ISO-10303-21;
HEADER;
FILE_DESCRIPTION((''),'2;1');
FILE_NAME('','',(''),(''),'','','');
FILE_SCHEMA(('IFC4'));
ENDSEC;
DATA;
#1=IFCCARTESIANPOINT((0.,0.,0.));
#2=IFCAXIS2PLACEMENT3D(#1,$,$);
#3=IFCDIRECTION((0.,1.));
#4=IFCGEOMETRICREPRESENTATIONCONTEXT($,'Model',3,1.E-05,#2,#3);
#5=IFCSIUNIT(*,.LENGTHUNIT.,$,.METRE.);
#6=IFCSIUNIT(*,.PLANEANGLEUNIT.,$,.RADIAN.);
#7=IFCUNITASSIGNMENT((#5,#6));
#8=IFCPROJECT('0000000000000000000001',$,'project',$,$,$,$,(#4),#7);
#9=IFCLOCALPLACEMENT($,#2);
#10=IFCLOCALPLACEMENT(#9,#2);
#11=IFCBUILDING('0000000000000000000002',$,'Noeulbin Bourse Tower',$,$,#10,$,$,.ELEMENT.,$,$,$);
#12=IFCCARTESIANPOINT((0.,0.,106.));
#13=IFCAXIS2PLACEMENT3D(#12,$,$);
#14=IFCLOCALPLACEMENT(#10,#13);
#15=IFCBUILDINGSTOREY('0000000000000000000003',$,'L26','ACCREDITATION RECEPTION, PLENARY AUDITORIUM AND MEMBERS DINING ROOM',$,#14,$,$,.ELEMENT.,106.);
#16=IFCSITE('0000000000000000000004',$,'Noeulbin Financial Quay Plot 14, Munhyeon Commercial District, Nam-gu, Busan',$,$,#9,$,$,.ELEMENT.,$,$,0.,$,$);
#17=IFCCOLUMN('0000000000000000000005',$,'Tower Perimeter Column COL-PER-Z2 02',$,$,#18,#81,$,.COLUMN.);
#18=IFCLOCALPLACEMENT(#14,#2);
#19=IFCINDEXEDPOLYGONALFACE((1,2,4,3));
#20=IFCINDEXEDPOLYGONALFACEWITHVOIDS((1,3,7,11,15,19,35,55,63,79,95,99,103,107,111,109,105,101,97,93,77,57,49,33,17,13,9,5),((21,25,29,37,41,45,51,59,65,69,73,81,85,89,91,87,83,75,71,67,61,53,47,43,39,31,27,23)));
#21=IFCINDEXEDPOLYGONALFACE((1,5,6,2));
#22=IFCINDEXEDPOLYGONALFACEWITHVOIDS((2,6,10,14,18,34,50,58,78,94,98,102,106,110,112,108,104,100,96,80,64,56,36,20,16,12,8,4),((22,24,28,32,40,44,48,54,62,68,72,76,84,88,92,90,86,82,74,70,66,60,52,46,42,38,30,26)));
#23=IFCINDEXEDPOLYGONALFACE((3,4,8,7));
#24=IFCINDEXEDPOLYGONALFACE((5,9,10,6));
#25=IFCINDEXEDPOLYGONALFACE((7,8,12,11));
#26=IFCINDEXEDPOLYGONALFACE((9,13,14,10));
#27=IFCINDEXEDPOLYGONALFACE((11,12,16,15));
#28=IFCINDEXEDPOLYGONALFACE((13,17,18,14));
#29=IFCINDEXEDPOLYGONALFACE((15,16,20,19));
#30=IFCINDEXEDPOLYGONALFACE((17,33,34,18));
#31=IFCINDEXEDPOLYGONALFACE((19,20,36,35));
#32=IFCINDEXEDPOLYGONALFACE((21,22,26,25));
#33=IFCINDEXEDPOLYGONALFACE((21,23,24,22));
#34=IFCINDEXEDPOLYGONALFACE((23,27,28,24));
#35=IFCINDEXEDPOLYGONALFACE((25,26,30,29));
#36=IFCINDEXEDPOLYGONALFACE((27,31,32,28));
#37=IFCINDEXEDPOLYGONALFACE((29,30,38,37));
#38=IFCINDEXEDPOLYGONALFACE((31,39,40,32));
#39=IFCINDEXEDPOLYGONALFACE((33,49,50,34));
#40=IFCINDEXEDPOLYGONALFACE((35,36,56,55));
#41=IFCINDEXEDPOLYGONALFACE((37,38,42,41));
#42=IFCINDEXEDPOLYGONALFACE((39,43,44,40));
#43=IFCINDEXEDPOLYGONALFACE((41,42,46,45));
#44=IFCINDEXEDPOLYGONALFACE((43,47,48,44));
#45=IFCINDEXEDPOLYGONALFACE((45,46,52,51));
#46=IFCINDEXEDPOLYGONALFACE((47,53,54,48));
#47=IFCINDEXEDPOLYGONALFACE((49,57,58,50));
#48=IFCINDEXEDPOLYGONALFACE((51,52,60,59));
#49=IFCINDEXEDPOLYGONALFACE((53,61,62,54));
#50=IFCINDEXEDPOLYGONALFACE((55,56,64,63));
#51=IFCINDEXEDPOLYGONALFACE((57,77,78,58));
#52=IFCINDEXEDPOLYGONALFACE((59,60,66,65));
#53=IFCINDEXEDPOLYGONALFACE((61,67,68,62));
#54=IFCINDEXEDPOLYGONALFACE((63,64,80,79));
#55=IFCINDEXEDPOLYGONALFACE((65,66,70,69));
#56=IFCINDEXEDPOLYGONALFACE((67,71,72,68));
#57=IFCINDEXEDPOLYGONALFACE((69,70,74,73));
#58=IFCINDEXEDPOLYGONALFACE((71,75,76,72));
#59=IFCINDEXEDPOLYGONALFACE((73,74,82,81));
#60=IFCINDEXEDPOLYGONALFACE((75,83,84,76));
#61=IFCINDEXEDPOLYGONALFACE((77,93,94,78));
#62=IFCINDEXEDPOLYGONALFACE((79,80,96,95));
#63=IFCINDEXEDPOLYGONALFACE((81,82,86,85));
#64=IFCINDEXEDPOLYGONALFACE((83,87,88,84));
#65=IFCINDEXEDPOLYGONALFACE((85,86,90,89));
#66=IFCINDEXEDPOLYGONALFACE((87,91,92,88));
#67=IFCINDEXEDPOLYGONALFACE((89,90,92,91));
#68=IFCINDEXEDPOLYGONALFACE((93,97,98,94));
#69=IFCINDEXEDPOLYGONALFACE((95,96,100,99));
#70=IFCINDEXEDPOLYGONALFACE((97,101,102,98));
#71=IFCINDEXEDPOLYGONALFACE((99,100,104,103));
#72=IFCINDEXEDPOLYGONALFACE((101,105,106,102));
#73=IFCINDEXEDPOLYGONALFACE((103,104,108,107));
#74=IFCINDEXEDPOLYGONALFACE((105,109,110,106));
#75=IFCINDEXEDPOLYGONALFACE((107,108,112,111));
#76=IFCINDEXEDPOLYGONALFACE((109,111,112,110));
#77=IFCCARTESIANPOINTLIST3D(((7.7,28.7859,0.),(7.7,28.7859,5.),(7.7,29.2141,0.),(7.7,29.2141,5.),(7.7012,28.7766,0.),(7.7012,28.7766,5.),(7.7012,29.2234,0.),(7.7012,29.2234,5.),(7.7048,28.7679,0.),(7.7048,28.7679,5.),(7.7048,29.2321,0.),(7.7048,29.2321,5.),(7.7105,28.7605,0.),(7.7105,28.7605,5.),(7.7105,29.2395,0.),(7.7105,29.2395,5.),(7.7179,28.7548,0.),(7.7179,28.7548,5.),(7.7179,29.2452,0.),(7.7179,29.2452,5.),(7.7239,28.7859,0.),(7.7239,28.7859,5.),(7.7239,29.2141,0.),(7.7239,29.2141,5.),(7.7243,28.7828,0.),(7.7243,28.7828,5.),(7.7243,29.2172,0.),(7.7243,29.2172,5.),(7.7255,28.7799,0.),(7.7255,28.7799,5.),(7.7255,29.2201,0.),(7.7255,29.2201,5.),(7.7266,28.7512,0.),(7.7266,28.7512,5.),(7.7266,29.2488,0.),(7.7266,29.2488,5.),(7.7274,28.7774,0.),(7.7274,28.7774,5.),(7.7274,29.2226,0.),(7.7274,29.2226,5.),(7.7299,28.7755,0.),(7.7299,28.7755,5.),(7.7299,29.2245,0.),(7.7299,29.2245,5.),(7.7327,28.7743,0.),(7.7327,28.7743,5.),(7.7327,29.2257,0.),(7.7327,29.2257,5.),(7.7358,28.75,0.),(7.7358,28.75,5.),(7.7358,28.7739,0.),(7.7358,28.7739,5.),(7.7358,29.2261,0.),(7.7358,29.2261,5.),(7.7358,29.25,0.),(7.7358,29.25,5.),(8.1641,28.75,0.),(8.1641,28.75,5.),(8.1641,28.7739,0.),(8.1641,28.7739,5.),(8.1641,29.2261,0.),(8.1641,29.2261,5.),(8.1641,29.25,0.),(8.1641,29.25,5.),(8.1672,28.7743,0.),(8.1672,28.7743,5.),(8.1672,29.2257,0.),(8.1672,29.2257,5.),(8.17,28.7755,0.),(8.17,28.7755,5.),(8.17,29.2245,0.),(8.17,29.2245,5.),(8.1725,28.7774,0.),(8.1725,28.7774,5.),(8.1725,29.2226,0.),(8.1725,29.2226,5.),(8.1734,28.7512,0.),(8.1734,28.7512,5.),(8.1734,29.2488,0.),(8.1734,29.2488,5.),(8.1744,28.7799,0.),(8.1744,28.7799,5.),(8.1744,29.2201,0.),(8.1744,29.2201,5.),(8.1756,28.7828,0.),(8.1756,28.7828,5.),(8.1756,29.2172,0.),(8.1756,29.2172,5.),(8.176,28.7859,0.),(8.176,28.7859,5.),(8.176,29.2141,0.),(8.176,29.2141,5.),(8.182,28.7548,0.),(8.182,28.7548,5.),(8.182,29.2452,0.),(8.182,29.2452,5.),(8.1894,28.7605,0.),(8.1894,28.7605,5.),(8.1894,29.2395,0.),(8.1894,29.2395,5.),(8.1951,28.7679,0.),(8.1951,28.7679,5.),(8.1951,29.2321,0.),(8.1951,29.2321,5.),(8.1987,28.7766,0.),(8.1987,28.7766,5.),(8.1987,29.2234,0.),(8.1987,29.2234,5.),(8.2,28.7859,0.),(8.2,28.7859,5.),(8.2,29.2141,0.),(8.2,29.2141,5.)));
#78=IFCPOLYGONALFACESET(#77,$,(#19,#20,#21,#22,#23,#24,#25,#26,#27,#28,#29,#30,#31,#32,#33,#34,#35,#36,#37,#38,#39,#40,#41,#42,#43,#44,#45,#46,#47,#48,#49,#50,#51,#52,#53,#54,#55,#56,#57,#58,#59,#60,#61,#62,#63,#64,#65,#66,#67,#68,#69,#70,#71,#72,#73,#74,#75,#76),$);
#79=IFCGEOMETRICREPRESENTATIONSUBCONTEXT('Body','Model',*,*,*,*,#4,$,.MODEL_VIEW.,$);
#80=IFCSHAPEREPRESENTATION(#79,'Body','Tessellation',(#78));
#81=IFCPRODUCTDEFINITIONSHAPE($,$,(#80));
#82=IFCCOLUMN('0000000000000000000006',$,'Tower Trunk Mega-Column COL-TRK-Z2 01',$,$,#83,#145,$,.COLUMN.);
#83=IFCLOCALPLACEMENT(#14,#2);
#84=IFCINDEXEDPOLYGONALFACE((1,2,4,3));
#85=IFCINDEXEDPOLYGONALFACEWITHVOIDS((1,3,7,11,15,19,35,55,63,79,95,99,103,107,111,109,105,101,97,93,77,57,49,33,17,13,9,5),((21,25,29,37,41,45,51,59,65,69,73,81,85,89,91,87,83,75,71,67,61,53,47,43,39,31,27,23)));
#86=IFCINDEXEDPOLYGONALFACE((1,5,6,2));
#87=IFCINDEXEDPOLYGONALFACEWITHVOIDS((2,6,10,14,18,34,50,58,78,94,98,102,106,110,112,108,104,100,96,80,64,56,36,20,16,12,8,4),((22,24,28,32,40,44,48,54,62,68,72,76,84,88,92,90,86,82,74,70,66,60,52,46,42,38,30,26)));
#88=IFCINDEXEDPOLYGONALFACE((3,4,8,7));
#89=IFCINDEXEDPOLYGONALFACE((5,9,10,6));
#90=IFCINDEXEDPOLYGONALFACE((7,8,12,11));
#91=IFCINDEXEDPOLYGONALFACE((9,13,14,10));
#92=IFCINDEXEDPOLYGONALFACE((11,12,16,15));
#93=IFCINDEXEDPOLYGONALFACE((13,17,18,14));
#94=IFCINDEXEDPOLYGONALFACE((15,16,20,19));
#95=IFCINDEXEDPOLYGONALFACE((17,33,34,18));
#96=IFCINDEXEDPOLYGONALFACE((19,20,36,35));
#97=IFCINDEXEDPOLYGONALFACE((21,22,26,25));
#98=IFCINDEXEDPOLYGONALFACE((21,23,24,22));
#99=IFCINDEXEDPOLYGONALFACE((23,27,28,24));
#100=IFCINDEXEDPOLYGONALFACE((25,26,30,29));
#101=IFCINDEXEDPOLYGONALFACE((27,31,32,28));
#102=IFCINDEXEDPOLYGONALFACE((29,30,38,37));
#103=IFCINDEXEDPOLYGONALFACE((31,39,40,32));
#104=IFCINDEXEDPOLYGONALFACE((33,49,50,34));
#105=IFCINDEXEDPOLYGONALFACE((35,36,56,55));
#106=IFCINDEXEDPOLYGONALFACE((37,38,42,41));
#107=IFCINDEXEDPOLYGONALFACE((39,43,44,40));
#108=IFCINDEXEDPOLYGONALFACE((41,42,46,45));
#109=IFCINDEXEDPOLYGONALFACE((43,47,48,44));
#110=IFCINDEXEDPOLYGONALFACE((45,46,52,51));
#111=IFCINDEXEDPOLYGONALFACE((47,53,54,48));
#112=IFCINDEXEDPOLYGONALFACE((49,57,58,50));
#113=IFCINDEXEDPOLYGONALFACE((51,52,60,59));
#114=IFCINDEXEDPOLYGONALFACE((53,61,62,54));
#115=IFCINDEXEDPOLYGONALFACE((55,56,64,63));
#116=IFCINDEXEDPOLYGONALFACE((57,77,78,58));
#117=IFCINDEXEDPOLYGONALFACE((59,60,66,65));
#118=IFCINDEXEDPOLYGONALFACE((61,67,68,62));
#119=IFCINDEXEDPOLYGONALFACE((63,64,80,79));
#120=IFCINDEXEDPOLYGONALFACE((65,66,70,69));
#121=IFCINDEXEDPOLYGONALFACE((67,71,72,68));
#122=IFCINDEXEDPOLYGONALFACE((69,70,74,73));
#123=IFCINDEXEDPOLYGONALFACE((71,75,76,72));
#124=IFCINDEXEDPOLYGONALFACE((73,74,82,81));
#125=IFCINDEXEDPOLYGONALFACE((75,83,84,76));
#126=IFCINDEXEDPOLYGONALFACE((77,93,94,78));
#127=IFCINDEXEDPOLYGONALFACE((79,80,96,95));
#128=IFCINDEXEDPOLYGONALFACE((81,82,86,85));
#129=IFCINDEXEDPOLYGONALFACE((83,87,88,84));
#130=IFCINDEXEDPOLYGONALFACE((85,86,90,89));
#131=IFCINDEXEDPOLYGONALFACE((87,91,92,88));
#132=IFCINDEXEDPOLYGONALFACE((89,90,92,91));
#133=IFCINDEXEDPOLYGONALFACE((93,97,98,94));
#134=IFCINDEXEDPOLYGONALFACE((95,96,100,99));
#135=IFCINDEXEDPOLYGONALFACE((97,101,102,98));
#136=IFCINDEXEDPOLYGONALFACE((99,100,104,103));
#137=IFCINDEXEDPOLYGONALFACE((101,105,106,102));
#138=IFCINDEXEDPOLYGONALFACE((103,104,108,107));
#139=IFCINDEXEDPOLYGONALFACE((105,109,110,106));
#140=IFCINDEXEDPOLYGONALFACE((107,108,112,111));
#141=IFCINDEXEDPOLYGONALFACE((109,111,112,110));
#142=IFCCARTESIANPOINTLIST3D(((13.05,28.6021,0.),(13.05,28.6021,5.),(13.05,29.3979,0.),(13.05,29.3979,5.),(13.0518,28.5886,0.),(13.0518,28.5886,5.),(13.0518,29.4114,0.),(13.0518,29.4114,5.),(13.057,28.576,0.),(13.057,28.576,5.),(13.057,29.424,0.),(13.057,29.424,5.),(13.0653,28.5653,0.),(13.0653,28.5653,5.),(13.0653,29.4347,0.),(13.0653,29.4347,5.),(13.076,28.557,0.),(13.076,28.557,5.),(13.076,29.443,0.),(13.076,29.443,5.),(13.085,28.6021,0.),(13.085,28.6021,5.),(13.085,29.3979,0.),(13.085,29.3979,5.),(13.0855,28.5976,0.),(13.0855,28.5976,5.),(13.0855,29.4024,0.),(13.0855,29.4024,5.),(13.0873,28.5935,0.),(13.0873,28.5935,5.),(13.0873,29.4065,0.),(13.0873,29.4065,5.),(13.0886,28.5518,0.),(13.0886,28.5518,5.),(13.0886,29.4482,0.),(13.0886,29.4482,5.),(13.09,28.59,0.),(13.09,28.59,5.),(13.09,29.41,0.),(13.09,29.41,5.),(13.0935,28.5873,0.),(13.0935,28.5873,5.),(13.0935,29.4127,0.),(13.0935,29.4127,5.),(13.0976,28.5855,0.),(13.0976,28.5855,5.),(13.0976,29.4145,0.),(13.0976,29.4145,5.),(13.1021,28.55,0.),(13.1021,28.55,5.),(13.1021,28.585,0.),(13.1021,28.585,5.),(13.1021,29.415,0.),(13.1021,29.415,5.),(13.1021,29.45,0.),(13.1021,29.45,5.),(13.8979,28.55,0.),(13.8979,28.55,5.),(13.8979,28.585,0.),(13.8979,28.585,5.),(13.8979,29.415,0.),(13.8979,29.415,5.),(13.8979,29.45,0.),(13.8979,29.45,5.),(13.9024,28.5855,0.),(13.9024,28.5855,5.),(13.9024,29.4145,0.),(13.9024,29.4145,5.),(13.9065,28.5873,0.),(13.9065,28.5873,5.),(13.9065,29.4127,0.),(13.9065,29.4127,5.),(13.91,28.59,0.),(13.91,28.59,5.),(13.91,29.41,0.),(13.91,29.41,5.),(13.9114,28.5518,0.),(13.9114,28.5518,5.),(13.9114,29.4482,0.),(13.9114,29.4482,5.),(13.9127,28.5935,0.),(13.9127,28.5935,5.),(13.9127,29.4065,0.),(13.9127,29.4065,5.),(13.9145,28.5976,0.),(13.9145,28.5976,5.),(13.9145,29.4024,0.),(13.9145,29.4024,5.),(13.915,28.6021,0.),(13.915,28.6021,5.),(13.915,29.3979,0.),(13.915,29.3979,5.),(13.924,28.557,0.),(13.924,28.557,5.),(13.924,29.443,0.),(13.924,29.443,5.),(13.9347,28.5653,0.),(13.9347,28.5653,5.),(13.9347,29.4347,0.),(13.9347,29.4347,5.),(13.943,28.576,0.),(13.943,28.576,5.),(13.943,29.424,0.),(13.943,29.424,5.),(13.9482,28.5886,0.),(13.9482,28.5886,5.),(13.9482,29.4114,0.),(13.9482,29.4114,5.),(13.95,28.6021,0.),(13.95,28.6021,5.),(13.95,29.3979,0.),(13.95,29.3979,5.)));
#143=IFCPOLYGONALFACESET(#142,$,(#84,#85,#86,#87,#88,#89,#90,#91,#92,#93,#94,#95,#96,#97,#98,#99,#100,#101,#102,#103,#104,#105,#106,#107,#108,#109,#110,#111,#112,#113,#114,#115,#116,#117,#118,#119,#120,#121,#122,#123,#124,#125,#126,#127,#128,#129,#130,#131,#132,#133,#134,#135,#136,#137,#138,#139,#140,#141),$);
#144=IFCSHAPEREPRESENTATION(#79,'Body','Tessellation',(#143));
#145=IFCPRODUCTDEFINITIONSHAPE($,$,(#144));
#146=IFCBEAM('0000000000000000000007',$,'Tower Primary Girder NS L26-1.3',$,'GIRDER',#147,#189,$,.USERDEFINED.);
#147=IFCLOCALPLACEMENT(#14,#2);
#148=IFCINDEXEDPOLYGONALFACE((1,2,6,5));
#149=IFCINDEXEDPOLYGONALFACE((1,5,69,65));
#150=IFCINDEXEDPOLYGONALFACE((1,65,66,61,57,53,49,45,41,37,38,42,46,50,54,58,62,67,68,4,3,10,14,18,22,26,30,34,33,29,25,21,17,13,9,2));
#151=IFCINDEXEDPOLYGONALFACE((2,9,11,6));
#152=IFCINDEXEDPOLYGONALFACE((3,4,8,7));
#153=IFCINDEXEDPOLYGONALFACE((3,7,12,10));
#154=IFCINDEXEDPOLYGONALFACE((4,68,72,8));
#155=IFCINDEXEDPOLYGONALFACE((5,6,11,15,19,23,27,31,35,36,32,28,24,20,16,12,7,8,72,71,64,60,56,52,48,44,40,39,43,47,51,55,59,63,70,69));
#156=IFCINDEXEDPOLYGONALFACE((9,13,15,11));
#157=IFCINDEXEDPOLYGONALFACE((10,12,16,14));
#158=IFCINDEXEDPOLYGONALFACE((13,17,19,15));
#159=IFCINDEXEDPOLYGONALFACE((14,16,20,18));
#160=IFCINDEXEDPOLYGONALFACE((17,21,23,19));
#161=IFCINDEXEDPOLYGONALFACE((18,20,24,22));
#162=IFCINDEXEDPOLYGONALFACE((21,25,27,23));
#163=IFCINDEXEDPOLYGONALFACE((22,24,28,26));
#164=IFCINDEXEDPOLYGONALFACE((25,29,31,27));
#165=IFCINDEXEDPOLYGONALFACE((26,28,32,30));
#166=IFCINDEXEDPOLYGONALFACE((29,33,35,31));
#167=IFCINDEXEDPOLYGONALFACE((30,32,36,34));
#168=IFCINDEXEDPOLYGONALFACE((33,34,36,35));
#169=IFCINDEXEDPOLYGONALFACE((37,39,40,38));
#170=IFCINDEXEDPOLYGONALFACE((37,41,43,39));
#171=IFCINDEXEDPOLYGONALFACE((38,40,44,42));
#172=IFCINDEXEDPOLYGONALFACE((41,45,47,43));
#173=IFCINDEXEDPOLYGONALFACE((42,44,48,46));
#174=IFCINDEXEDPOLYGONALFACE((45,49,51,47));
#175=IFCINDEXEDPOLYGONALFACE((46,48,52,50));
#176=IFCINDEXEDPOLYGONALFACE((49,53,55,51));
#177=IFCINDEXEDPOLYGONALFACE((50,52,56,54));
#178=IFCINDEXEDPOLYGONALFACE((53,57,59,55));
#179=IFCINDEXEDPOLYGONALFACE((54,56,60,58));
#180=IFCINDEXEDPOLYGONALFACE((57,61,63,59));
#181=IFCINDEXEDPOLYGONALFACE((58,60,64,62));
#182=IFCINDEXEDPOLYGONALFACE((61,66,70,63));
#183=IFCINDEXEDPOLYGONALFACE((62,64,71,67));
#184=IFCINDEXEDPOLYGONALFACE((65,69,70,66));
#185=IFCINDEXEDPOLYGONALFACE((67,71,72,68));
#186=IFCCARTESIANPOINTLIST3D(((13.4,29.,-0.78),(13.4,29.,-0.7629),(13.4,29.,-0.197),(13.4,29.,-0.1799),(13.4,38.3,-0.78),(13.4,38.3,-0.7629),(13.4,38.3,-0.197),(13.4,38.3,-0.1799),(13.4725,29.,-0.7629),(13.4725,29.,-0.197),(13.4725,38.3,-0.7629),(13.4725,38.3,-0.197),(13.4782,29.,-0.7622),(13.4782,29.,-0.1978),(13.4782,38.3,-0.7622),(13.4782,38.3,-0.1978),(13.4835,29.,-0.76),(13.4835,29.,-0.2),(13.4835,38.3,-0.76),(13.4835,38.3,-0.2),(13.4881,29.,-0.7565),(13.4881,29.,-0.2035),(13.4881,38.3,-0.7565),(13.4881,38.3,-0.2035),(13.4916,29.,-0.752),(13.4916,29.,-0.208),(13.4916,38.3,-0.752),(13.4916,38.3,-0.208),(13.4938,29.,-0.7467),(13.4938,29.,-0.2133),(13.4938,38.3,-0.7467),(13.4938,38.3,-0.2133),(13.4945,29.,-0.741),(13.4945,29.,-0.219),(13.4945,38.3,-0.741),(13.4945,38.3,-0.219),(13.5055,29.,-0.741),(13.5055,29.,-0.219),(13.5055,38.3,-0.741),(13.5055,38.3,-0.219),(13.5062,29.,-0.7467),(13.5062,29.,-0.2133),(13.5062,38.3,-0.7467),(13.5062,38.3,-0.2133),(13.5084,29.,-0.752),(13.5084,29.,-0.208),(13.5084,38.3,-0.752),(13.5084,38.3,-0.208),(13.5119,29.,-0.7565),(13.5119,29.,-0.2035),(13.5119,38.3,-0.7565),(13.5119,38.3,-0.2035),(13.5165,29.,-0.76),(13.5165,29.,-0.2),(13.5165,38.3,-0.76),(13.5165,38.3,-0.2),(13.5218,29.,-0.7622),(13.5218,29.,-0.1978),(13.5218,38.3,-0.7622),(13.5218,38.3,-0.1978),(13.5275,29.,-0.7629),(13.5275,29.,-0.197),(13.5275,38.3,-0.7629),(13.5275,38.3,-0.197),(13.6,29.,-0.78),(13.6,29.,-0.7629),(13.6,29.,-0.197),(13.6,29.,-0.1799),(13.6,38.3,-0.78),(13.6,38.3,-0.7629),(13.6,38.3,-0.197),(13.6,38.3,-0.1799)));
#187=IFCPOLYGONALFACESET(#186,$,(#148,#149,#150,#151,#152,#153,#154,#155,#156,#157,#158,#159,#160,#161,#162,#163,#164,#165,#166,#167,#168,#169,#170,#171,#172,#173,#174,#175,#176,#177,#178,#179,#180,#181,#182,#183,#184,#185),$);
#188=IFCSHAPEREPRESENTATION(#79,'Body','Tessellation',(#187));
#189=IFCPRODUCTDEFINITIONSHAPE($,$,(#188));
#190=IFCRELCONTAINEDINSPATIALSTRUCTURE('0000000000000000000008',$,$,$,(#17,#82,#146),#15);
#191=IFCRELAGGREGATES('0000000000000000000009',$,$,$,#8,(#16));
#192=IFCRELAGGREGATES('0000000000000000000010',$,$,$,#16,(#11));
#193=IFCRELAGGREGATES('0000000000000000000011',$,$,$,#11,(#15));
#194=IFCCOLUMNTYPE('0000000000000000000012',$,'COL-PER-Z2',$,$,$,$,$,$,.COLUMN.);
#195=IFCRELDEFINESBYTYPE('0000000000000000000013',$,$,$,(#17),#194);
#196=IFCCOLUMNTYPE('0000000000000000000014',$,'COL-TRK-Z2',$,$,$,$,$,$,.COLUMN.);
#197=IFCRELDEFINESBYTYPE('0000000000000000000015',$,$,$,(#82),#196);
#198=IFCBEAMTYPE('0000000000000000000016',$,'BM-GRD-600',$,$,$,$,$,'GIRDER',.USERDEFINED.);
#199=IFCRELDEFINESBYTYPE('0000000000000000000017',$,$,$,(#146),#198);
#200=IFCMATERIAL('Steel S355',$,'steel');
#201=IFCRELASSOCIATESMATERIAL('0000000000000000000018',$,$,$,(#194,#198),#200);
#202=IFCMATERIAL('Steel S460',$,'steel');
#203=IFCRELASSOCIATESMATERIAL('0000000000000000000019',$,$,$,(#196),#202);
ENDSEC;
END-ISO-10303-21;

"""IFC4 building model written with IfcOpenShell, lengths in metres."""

from ifc_helpers import new_model, si_unit, direction, frame, origin, origin_2d, place, context, subcontext, project, spatial, hollow_rectangle, i_section, extrude, material, material_profile, profile_set, type_object, element, save


model = new_model("IFC4")

# Units and contexts
model_context = context("Model", 3, precision=1e-05, world=origin(), true_north=direction((0.0, 1.0)))
body_context = subcontext(model_context, "Body", "Model", "MODEL_VIEW")
ifc_project = project(units=[si_unit("LENGTHUNIT", "METRE"), si_unit("PLANEANGLEUNIT", "RADIAN")], contexts=[model_context])

# Site, building, storey
site_placement = place(None, origin())
site = spatial("IfcSite", under=ifc_project, at=site_placement, Name="Noeulbin Financial Quay Plot 14, Munhyeon Commercial District, Nam-gu, Busan", CompositionType="ELEMENT", RefElevation=0.0)
building_placement = place(site_placement, origin())
building = spatial("IfcBuilding", under=site, at=building_placement, Name="Noeulbin Bourse Tower", CompositionType="ELEMENT")
storey_placement = place(building_placement, frame((0.0, 0.0, 106.0)))
storey = spatial("IfcBuildingStorey", under=building, at=storey_placement, Name="L26", Description="ACCREDITATION RECEPTION, PLENARY AUDITORIUM AND MEMBERS DINING ROOM", CompositionType="ELEMENT", Elevation=106.0)

# Columns
ifc_material_1 = material(Name="Steel S355", Category="steel")
ifc_material_profile_1 = material_profile(ifc_material_1, hollow_rectangle(XDim=0.5, YDim=0.5, WallThickness=0.0239, InnerFilletRadius=0.012, OuterFilletRadius=0.0359, at=origin_2d()), Name="BOX-500x500x24", Category="LoadBearing")
ifc_profile_set_1 = profile_set([ifc_material_profile_1], Name="Steel S355")
column_type_1 = type_object("IfcColumnType", Name="COL-PER-Z2", PredefinedType="COLUMN", material=ifc_profile_set_1)
column_1_placement = place(storey_placement, frame((7.95, 29.0, 0.0), z_axis=(0.0, 0.0, 1.0), x_axis=(1.0, 0.0, 0.0)))
element("IfcColumn", 1, at=column_1_placement, inside=storey, type_object=column_type_1, Name="Tower Perimeter Column COL-PER-Z2 02", PredefinedType="COLUMN", context=body_context, shape_type="SweptSolid", body=[
    extrude(hollow_rectangle(XDim=0.5, YDim=0.5, WallThickness=0.0239, InnerFilletRadius=0.012, OuterFilletRadius=0.0359, at=origin_2d()), origin(), (0.0, 0.0, 1.0), 5.0),
])
ifc_material_2 = material(Name="Steel S460", Category="steel")
ifc_material_profile_2 = material_profile(ifc_material_2, hollow_rectangle(XDim=0.8999, YDim=0.8999, WallThickness=0.0349, InnerFilletRadius=0.0171, OuterFilletRadius=0.052, at=origin_2d()), Name="BOX-900x900x35", Category="LoadBearing")
ifc_profile_set_2 = profile_set([ifc_material_profile_2], Name="Steel S460")
column_type_2 = type_object("IfcColumnType", Name="COL-TRK-Z2", PredefinedType="COLUMN", material=ifc_profile_set_2)
column_2_placement = place(storey_placement, frame((13.5, 29.0, 0.0), z_axis=(0.0, 0.0, 1.0), x_axis=(1.0, 0.0, 0.0)))
element("IfcColumn", 2, at=column_2_placement, inside=storey, type_object=column_type_2, Name="Tower Trunk Mega-Column COL-TRK-Z2 01", PredefinedType="COLUMN", context=body_context, shape_type="SweptSolid", body=[
    extrude(hollow_rectangle(XDim=0.8999, YDim=0.8999, WallThickness=0.0349, InnerFilletRadius=0.0171, OuterFilletRadius=0.052, at=origin_2d()), origin(), (0.0, 0.0, 1.0), 5.0),
])

# Beam
ifc_material_profile_3 = material_profile(ifc_material_1, i_section(OverallWidth=0.2, OverallDepth=0.6001, WebThickness=0.011, FlangeThickness=0.0171, FilletRadius=0.022, at=origin_2d()), Name="H-600x200x11x17", Category="LoadBearing")
ifc_profile_set_3 = profile_set([ifc_material_profile_3], Name="Steel S355")
beam_type_1 = type_object("IfcBeamType", Name="BM-GRD-600", ElementType="GIRDER", PredefinedType="USERDEFINED", material=ifc_profile_set_3)
beam_1_placement = place(storey_placement, frame((13.5, 29.0, -0.48), z_axis=(0.0, 1.0, 0.0), x_axis=(-1.0, 0.0, 0.0)))
element("IfcBeam", 3, at=beam_1_placement, inside=storey, type_object=beam_type_1, Name="Tower Primary Girder NS L26-1.3", ObjectType="GIRDER", PredefinedType="USERDEFINED", context=body_context, shape_type="SweptSolid", body=[
    extrude(i_section(OverallWidth=0.2, OverallDepth=0.6001, WebThickness=0.011, FlangeThickness=0.0171, FilletRadius=0.022, at=origin_2d()), origin(), (0.0, 0.0, 1.0), 9.3),
])

save(model, "model.ifc")
